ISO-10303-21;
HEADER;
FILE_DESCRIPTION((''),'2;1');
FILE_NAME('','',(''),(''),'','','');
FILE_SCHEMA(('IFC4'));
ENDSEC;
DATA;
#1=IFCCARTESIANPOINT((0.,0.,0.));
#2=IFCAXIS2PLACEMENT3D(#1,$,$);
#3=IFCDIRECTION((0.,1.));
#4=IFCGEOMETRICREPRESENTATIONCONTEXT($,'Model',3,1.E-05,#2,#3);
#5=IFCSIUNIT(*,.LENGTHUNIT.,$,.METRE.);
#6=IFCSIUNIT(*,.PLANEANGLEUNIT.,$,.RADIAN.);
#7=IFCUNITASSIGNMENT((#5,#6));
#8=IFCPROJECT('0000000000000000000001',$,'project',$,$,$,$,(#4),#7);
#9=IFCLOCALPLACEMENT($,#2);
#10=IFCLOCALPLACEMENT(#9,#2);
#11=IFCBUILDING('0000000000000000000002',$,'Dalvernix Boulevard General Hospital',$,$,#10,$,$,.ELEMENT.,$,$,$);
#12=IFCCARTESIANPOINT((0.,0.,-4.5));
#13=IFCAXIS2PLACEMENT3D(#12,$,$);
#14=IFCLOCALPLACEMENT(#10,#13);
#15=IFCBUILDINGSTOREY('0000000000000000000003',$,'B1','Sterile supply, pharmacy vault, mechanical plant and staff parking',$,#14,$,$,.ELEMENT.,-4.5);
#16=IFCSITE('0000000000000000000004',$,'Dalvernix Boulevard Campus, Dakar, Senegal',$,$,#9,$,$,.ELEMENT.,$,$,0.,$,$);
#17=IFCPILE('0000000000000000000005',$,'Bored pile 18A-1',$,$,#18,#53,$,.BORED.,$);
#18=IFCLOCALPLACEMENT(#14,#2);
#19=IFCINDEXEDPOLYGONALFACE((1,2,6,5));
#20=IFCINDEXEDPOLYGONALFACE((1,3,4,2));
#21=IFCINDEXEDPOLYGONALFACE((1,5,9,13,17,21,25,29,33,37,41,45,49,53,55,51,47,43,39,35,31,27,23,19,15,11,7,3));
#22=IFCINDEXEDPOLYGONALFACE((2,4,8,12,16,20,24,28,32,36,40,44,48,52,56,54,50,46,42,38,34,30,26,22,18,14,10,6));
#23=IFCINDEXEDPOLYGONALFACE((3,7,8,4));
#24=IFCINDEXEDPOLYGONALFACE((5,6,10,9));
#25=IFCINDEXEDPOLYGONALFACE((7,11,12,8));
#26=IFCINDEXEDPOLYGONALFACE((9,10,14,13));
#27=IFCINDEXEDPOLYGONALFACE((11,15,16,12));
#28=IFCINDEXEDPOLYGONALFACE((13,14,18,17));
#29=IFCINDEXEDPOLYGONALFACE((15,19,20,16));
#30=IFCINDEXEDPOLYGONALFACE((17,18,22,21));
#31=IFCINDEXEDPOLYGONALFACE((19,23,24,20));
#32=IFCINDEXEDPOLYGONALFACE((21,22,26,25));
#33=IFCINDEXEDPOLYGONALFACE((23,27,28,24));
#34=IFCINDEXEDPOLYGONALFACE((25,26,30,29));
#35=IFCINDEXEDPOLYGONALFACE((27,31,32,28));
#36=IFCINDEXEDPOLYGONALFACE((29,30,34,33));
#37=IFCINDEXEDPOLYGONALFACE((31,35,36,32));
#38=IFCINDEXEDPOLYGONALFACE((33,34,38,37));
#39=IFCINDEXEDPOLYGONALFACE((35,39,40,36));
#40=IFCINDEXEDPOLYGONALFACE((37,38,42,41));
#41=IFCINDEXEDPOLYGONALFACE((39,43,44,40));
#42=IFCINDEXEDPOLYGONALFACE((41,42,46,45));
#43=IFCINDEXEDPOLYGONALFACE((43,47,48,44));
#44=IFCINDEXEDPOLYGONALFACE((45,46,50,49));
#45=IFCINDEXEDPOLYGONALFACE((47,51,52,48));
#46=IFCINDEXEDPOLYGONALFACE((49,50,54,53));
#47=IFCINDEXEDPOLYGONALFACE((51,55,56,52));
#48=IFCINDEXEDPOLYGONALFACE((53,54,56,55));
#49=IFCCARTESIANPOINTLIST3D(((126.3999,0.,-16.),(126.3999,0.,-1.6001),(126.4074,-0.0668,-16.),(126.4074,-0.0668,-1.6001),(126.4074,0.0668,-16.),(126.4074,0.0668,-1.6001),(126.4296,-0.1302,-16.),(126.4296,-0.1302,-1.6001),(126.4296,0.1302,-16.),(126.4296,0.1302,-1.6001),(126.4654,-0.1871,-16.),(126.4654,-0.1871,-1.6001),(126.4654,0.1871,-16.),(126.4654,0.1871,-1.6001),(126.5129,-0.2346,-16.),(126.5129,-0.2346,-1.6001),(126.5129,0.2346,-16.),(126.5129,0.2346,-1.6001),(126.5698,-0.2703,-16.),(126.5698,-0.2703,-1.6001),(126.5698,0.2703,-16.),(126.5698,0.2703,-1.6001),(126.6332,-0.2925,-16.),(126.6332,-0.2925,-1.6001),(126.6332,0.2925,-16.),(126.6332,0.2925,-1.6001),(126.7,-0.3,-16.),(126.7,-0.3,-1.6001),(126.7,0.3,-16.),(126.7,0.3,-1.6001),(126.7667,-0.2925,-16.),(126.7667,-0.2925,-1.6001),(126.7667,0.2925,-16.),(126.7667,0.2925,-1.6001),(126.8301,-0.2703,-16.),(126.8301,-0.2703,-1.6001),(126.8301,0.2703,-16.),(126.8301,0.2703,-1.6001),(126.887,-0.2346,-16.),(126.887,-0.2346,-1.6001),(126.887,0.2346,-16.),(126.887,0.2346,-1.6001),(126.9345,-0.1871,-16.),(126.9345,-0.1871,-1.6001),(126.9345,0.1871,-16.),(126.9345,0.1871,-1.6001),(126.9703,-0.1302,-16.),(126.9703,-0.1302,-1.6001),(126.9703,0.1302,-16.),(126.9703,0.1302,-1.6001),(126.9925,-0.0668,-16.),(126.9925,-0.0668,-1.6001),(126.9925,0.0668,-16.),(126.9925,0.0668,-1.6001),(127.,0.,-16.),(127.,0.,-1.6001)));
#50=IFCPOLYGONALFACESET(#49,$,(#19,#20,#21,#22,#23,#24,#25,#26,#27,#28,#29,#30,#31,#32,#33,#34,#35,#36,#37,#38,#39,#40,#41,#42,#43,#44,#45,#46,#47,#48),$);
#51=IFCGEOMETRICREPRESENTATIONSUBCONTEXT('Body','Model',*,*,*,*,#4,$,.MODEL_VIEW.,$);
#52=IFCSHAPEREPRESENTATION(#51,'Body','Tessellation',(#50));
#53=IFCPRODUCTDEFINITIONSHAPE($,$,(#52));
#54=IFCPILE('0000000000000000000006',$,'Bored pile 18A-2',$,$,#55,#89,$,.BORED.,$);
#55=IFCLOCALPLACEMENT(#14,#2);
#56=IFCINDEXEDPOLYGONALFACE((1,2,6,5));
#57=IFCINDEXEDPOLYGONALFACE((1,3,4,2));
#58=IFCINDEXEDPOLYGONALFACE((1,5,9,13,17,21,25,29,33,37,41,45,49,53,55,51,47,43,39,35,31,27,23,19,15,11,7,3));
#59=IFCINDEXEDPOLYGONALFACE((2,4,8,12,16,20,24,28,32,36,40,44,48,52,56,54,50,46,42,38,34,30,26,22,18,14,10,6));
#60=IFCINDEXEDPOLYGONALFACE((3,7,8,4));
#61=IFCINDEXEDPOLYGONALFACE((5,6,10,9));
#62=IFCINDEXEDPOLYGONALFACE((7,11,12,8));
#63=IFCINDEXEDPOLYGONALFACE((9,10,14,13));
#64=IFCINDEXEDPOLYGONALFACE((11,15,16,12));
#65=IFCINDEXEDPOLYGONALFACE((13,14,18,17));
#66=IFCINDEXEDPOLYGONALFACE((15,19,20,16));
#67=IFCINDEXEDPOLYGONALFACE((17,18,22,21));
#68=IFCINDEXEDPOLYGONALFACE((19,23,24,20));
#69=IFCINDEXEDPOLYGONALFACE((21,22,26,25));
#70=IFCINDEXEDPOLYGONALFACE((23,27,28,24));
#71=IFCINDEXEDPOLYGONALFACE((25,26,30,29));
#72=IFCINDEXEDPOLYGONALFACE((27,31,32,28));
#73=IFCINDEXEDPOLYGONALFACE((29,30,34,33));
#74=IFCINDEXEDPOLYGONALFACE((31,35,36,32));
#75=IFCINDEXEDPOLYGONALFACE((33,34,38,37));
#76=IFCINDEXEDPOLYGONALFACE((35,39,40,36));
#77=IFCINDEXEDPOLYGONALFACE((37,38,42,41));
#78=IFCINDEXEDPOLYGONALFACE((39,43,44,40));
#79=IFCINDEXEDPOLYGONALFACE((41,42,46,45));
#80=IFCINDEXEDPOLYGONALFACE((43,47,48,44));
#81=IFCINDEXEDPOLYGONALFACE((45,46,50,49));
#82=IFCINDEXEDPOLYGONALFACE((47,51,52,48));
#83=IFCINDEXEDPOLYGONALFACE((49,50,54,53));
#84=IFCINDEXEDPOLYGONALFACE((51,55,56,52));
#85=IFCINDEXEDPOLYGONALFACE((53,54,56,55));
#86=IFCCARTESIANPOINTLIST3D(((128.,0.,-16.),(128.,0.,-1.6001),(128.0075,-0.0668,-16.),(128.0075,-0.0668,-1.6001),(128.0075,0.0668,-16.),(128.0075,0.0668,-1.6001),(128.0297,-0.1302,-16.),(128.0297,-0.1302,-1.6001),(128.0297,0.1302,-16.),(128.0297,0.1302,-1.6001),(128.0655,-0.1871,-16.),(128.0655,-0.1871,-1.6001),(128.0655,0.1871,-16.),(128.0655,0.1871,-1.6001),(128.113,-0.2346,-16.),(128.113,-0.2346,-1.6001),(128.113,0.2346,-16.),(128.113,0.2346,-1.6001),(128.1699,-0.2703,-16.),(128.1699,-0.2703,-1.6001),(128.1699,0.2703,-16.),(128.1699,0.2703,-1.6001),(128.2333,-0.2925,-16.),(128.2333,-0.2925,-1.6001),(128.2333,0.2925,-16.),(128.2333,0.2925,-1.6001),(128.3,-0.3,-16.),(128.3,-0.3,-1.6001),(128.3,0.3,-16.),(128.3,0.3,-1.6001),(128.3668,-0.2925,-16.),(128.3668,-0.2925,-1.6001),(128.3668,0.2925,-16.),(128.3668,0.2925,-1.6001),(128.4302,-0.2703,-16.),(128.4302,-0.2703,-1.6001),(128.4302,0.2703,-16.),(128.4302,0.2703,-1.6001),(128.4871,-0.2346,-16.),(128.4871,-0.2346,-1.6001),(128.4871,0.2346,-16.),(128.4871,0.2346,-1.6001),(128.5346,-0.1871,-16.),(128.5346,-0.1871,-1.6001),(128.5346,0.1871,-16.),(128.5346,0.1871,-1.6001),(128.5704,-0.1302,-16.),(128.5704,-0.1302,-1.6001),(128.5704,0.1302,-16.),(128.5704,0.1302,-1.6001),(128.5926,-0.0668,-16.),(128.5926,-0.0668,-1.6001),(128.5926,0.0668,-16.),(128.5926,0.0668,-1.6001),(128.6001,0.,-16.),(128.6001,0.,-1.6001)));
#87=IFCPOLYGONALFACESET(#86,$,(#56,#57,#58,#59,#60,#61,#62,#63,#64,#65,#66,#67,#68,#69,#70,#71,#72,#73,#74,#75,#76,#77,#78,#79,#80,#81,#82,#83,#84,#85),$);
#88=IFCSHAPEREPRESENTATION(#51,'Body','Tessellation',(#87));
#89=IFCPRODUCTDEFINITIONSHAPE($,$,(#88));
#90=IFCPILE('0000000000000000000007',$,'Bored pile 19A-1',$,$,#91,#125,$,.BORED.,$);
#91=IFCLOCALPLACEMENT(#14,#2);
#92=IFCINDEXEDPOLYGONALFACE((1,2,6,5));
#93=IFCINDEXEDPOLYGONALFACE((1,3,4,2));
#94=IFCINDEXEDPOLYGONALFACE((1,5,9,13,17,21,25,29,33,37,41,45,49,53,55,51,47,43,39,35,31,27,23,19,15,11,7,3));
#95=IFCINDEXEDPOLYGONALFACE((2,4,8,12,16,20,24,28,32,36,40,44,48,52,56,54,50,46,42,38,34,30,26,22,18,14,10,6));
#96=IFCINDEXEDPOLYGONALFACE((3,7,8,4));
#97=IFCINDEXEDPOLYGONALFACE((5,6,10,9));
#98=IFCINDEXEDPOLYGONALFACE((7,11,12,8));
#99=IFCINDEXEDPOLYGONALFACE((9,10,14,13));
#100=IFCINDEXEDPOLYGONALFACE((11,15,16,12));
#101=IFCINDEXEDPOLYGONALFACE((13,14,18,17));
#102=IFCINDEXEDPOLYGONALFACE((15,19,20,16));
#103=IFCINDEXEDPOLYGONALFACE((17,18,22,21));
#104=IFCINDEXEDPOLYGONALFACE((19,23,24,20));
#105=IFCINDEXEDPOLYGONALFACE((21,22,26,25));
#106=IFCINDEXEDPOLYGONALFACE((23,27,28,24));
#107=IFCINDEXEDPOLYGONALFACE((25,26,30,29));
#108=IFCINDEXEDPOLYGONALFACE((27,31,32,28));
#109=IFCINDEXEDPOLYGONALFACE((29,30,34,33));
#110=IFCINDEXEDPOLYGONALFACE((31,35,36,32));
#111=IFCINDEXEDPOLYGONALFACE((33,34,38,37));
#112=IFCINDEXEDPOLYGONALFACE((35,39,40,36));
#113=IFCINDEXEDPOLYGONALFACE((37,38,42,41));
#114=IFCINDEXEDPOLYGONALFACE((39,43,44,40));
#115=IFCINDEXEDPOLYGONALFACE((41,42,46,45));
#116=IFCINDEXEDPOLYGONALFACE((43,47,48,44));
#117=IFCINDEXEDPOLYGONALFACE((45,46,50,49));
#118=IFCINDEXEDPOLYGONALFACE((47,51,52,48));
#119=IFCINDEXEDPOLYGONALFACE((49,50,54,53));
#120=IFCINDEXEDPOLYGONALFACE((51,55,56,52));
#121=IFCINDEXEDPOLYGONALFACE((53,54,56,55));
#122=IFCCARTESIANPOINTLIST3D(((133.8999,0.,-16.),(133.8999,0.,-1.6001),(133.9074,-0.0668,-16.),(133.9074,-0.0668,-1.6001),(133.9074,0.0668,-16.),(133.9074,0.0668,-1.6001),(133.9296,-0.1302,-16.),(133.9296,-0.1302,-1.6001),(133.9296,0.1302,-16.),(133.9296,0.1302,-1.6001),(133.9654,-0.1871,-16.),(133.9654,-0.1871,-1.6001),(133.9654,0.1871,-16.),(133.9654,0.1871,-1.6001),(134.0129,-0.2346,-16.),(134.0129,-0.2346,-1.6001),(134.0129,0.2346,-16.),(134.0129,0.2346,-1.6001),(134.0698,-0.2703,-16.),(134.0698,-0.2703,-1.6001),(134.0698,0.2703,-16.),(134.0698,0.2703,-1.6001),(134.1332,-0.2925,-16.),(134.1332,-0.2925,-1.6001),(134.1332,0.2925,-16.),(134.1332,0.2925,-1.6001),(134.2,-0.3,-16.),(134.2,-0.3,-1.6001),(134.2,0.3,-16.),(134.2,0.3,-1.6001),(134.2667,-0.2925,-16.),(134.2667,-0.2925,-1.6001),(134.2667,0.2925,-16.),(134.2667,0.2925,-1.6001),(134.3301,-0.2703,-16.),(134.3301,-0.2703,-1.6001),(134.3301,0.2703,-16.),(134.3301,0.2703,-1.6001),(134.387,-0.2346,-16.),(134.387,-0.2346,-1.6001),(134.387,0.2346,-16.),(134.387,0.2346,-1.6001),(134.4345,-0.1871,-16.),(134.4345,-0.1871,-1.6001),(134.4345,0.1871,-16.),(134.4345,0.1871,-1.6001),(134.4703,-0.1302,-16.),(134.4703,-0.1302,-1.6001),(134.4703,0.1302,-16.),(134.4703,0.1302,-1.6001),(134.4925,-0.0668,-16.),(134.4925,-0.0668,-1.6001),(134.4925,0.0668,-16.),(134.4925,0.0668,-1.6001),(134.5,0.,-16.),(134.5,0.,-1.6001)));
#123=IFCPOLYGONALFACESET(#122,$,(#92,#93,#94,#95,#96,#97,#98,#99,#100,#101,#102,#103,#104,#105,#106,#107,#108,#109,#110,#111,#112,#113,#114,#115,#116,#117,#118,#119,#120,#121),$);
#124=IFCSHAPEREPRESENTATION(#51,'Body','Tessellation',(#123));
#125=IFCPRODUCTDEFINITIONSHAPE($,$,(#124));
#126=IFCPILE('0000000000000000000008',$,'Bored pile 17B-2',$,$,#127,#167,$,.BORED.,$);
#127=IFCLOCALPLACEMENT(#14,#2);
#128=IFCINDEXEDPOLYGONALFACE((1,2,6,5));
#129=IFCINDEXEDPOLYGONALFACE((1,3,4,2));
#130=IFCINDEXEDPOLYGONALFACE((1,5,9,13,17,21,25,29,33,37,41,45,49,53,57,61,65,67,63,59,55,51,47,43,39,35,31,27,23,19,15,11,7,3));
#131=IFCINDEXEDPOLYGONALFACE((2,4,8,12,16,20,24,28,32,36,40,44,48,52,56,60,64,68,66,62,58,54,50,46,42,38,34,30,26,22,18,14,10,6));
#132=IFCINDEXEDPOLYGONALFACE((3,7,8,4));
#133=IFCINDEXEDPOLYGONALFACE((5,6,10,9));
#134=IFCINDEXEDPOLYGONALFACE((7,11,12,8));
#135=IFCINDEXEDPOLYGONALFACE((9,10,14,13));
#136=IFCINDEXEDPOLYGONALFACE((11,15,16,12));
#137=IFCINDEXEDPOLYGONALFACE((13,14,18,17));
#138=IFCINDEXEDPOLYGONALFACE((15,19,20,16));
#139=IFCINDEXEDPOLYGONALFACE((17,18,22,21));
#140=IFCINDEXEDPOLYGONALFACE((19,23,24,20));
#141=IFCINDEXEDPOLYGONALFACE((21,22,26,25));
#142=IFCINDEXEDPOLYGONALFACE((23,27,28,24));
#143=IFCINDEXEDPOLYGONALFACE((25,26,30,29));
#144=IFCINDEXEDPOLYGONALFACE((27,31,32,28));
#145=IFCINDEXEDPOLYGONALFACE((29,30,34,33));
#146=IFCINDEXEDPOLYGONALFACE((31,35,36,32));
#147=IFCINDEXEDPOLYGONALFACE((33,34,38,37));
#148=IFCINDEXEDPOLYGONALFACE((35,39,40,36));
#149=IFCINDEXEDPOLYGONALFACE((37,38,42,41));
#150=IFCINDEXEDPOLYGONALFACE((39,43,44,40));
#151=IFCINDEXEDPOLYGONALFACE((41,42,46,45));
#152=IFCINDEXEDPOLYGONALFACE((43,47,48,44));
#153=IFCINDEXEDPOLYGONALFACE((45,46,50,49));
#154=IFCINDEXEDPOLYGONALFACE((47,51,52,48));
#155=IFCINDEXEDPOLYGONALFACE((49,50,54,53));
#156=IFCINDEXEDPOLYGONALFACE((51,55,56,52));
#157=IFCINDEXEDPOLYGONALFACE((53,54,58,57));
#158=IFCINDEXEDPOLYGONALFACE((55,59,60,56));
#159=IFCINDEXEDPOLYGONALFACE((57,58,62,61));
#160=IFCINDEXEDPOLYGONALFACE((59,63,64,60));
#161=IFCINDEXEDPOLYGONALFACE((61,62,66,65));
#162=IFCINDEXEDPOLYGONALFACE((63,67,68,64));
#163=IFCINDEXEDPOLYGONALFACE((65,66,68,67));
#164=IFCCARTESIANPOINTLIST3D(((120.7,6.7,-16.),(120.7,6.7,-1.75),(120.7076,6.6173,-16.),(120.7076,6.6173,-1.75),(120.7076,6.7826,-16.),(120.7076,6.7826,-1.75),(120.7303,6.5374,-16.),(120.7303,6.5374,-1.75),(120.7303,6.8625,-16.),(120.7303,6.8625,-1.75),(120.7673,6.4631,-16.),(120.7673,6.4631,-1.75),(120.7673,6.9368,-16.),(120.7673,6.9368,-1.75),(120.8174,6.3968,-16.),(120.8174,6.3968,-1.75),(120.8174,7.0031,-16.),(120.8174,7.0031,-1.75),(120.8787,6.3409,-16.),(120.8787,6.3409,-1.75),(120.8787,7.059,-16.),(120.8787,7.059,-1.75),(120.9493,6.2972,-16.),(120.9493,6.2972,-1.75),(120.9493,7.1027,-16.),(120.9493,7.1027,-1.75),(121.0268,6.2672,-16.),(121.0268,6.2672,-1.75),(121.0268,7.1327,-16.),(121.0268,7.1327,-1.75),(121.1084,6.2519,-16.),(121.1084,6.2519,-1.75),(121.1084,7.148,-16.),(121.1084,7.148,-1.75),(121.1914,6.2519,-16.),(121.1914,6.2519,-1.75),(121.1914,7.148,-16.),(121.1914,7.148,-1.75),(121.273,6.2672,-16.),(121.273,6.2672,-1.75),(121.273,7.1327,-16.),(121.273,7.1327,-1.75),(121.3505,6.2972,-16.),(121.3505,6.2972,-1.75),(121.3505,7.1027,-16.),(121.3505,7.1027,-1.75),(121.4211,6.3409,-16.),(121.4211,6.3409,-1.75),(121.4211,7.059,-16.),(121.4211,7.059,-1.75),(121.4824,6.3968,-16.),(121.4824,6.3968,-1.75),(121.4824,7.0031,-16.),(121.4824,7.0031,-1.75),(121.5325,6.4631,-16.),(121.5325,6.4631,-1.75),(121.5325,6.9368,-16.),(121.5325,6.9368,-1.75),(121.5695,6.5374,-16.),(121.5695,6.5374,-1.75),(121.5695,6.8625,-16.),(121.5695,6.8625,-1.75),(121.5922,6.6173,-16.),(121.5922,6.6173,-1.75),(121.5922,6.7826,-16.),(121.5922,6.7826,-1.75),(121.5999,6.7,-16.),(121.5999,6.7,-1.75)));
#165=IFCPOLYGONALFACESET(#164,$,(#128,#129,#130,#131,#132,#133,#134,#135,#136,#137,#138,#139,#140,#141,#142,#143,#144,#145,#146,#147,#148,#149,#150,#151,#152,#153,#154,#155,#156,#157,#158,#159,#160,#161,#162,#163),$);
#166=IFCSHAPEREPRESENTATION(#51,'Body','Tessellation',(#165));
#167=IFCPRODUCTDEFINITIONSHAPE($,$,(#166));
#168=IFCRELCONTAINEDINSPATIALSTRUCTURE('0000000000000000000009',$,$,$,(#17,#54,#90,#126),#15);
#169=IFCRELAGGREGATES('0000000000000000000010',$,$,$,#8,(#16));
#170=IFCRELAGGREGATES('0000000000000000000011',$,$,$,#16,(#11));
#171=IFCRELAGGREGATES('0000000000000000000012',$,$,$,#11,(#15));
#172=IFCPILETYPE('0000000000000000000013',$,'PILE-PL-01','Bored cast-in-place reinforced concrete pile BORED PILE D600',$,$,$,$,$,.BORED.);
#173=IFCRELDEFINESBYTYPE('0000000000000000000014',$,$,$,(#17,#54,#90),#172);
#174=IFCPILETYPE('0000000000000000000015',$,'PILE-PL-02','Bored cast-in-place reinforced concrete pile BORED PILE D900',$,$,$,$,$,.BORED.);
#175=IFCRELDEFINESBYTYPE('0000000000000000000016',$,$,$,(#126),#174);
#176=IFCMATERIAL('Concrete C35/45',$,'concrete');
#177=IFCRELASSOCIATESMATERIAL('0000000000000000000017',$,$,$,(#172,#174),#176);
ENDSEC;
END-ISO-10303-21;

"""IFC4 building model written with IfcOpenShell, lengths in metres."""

from ifc_helpers import new_model, si_unit, direction, frame, origin, origin_2d, place, context, subcontext, project, spatial, circle, extrude, material, material_profile, profile_set, type_object, element, save


model = new_model("IFC4")

# Units and contexts
model_context = context("Model", 3, precision=1e-05, world=origin(), true_north=direction((0.0, 1.0)))
body_context = subcontext(model_context, "Body", "Model", "MODEL_VIEW")
ifc_project = project(units=[si_unit("LENGTHUNIT", "METRE"), si_unit("PLANEANGLEUNIT", "RADIAN")], contexts=[model_context])

# Site, building, storey
site_placement = place(None, origin())
site = spatial("IfcSite", under=ifc_project, at=site_placement, Name="Dalvernix Boulevard Campus, Dakar, Senegal", CompositionType="ELEMENT", RefElevation=0.0)
building_placement = place(site_placement, origin())
building = spatial("IfcBuilding", under=site, at=building_placement, Name="Dalvernix Boulevard General Hospital", CompositionType="ELEMENT")
storey_placement = place(building_placement, frame((0.0, 0.0, -4.5)))
storey = spatial("IfcBuildingStorey", under=building, at=storey_placement, Name="B1", Description="Sterile supply, pharmacy vault, mechanical plant and staff parking", CompositionType="ELEMENT", Elevation=-4.5)

# Shared definitions
ifc_material_1 = material(Name="Concrete C35/45", Category="concrete")

# Piles
ifc_material_profile_1 = material_profile(ifc_material_1, circle(Radius=0.3, at=origin_2d()), Name="BORED PILE D600")
ifc_profile_set_1 = profile_set([ifc_material_profile_1], Name="Concrete C35/45")
pile_type_1 = type_object("IfcPileType", Name="PILE-PL-01", Description="Bored cast-in-place reinforced concrete pile BORED PILE D600", PredefinedType="BORED", material=ifc_profile_set_1)
for number, where, z_axis, x_axis, name in (
    (1, (126.7, 0.0, -1.6001), (0.0, 0.0, -1.0), (1.0, 0.0, 0.0), "Bored pile 18A-1"),
    (2, (128.3, 0.0, -1.6001), (0.0, 0.0, -1.0), (1.0, 0.0, 0.0), "Bored pile 18A-2"),
    (3, (134.2, 0.0, -1.6001), (0.0, 0.0, -1.0), (1.0, 0.0, 0.0), "Bored pile 19A-1"),
):
    element("IfcPile", number, at=place(storey_placement, frame(where, z_axis=z_axis, x_axis=x_axis)), inside=storey, type_object=pile_type_1, Name=name, PredefinedType="BORED", context=body_context, shape_type="SweptSolid", body=[
        extrude(circle(Radius=0.3, at=origin_2d()), origin(), (0.0, 0.0, 1.0), 14.3999),
    ])
ifc_material_profile_2 = material_profile(ifc_material_1, circle(Radius=0.45, at=origin_2d()), Name="BORED PILE D900")
ifc_profile_set_2 = profile_set([ifc_material_profile_2], Name="Concrete C35/45")
pile_type_2 = type_object("IfcPileType", Name="PILE-PL-02", Description="Bored cast-in-place reinforced concrete pile BORED PILE D900", PredefinedType="BORED", material=ifc_profile_set_2)
pile_placement = place(storey_placement, frame((121.1499, 6.7, -1.75), z_axis=(0.0, 0.0, -1.0), x_axis=(1.0, 0.0, 0.0)))
element("IfcPile", 4, at=pile_placement, inside=storey, type_object=pile_type_2, Name="Bored pile 17B-2", PredefinedType="BORED", context=body_context, shape_type="SweptSolid", body=[
    extrude(circle(Radius=0.45, at=origin_2d()), origin(), (0.0, 0.0, 1.0), 14.25),
])

save(model, "model.ifc")
